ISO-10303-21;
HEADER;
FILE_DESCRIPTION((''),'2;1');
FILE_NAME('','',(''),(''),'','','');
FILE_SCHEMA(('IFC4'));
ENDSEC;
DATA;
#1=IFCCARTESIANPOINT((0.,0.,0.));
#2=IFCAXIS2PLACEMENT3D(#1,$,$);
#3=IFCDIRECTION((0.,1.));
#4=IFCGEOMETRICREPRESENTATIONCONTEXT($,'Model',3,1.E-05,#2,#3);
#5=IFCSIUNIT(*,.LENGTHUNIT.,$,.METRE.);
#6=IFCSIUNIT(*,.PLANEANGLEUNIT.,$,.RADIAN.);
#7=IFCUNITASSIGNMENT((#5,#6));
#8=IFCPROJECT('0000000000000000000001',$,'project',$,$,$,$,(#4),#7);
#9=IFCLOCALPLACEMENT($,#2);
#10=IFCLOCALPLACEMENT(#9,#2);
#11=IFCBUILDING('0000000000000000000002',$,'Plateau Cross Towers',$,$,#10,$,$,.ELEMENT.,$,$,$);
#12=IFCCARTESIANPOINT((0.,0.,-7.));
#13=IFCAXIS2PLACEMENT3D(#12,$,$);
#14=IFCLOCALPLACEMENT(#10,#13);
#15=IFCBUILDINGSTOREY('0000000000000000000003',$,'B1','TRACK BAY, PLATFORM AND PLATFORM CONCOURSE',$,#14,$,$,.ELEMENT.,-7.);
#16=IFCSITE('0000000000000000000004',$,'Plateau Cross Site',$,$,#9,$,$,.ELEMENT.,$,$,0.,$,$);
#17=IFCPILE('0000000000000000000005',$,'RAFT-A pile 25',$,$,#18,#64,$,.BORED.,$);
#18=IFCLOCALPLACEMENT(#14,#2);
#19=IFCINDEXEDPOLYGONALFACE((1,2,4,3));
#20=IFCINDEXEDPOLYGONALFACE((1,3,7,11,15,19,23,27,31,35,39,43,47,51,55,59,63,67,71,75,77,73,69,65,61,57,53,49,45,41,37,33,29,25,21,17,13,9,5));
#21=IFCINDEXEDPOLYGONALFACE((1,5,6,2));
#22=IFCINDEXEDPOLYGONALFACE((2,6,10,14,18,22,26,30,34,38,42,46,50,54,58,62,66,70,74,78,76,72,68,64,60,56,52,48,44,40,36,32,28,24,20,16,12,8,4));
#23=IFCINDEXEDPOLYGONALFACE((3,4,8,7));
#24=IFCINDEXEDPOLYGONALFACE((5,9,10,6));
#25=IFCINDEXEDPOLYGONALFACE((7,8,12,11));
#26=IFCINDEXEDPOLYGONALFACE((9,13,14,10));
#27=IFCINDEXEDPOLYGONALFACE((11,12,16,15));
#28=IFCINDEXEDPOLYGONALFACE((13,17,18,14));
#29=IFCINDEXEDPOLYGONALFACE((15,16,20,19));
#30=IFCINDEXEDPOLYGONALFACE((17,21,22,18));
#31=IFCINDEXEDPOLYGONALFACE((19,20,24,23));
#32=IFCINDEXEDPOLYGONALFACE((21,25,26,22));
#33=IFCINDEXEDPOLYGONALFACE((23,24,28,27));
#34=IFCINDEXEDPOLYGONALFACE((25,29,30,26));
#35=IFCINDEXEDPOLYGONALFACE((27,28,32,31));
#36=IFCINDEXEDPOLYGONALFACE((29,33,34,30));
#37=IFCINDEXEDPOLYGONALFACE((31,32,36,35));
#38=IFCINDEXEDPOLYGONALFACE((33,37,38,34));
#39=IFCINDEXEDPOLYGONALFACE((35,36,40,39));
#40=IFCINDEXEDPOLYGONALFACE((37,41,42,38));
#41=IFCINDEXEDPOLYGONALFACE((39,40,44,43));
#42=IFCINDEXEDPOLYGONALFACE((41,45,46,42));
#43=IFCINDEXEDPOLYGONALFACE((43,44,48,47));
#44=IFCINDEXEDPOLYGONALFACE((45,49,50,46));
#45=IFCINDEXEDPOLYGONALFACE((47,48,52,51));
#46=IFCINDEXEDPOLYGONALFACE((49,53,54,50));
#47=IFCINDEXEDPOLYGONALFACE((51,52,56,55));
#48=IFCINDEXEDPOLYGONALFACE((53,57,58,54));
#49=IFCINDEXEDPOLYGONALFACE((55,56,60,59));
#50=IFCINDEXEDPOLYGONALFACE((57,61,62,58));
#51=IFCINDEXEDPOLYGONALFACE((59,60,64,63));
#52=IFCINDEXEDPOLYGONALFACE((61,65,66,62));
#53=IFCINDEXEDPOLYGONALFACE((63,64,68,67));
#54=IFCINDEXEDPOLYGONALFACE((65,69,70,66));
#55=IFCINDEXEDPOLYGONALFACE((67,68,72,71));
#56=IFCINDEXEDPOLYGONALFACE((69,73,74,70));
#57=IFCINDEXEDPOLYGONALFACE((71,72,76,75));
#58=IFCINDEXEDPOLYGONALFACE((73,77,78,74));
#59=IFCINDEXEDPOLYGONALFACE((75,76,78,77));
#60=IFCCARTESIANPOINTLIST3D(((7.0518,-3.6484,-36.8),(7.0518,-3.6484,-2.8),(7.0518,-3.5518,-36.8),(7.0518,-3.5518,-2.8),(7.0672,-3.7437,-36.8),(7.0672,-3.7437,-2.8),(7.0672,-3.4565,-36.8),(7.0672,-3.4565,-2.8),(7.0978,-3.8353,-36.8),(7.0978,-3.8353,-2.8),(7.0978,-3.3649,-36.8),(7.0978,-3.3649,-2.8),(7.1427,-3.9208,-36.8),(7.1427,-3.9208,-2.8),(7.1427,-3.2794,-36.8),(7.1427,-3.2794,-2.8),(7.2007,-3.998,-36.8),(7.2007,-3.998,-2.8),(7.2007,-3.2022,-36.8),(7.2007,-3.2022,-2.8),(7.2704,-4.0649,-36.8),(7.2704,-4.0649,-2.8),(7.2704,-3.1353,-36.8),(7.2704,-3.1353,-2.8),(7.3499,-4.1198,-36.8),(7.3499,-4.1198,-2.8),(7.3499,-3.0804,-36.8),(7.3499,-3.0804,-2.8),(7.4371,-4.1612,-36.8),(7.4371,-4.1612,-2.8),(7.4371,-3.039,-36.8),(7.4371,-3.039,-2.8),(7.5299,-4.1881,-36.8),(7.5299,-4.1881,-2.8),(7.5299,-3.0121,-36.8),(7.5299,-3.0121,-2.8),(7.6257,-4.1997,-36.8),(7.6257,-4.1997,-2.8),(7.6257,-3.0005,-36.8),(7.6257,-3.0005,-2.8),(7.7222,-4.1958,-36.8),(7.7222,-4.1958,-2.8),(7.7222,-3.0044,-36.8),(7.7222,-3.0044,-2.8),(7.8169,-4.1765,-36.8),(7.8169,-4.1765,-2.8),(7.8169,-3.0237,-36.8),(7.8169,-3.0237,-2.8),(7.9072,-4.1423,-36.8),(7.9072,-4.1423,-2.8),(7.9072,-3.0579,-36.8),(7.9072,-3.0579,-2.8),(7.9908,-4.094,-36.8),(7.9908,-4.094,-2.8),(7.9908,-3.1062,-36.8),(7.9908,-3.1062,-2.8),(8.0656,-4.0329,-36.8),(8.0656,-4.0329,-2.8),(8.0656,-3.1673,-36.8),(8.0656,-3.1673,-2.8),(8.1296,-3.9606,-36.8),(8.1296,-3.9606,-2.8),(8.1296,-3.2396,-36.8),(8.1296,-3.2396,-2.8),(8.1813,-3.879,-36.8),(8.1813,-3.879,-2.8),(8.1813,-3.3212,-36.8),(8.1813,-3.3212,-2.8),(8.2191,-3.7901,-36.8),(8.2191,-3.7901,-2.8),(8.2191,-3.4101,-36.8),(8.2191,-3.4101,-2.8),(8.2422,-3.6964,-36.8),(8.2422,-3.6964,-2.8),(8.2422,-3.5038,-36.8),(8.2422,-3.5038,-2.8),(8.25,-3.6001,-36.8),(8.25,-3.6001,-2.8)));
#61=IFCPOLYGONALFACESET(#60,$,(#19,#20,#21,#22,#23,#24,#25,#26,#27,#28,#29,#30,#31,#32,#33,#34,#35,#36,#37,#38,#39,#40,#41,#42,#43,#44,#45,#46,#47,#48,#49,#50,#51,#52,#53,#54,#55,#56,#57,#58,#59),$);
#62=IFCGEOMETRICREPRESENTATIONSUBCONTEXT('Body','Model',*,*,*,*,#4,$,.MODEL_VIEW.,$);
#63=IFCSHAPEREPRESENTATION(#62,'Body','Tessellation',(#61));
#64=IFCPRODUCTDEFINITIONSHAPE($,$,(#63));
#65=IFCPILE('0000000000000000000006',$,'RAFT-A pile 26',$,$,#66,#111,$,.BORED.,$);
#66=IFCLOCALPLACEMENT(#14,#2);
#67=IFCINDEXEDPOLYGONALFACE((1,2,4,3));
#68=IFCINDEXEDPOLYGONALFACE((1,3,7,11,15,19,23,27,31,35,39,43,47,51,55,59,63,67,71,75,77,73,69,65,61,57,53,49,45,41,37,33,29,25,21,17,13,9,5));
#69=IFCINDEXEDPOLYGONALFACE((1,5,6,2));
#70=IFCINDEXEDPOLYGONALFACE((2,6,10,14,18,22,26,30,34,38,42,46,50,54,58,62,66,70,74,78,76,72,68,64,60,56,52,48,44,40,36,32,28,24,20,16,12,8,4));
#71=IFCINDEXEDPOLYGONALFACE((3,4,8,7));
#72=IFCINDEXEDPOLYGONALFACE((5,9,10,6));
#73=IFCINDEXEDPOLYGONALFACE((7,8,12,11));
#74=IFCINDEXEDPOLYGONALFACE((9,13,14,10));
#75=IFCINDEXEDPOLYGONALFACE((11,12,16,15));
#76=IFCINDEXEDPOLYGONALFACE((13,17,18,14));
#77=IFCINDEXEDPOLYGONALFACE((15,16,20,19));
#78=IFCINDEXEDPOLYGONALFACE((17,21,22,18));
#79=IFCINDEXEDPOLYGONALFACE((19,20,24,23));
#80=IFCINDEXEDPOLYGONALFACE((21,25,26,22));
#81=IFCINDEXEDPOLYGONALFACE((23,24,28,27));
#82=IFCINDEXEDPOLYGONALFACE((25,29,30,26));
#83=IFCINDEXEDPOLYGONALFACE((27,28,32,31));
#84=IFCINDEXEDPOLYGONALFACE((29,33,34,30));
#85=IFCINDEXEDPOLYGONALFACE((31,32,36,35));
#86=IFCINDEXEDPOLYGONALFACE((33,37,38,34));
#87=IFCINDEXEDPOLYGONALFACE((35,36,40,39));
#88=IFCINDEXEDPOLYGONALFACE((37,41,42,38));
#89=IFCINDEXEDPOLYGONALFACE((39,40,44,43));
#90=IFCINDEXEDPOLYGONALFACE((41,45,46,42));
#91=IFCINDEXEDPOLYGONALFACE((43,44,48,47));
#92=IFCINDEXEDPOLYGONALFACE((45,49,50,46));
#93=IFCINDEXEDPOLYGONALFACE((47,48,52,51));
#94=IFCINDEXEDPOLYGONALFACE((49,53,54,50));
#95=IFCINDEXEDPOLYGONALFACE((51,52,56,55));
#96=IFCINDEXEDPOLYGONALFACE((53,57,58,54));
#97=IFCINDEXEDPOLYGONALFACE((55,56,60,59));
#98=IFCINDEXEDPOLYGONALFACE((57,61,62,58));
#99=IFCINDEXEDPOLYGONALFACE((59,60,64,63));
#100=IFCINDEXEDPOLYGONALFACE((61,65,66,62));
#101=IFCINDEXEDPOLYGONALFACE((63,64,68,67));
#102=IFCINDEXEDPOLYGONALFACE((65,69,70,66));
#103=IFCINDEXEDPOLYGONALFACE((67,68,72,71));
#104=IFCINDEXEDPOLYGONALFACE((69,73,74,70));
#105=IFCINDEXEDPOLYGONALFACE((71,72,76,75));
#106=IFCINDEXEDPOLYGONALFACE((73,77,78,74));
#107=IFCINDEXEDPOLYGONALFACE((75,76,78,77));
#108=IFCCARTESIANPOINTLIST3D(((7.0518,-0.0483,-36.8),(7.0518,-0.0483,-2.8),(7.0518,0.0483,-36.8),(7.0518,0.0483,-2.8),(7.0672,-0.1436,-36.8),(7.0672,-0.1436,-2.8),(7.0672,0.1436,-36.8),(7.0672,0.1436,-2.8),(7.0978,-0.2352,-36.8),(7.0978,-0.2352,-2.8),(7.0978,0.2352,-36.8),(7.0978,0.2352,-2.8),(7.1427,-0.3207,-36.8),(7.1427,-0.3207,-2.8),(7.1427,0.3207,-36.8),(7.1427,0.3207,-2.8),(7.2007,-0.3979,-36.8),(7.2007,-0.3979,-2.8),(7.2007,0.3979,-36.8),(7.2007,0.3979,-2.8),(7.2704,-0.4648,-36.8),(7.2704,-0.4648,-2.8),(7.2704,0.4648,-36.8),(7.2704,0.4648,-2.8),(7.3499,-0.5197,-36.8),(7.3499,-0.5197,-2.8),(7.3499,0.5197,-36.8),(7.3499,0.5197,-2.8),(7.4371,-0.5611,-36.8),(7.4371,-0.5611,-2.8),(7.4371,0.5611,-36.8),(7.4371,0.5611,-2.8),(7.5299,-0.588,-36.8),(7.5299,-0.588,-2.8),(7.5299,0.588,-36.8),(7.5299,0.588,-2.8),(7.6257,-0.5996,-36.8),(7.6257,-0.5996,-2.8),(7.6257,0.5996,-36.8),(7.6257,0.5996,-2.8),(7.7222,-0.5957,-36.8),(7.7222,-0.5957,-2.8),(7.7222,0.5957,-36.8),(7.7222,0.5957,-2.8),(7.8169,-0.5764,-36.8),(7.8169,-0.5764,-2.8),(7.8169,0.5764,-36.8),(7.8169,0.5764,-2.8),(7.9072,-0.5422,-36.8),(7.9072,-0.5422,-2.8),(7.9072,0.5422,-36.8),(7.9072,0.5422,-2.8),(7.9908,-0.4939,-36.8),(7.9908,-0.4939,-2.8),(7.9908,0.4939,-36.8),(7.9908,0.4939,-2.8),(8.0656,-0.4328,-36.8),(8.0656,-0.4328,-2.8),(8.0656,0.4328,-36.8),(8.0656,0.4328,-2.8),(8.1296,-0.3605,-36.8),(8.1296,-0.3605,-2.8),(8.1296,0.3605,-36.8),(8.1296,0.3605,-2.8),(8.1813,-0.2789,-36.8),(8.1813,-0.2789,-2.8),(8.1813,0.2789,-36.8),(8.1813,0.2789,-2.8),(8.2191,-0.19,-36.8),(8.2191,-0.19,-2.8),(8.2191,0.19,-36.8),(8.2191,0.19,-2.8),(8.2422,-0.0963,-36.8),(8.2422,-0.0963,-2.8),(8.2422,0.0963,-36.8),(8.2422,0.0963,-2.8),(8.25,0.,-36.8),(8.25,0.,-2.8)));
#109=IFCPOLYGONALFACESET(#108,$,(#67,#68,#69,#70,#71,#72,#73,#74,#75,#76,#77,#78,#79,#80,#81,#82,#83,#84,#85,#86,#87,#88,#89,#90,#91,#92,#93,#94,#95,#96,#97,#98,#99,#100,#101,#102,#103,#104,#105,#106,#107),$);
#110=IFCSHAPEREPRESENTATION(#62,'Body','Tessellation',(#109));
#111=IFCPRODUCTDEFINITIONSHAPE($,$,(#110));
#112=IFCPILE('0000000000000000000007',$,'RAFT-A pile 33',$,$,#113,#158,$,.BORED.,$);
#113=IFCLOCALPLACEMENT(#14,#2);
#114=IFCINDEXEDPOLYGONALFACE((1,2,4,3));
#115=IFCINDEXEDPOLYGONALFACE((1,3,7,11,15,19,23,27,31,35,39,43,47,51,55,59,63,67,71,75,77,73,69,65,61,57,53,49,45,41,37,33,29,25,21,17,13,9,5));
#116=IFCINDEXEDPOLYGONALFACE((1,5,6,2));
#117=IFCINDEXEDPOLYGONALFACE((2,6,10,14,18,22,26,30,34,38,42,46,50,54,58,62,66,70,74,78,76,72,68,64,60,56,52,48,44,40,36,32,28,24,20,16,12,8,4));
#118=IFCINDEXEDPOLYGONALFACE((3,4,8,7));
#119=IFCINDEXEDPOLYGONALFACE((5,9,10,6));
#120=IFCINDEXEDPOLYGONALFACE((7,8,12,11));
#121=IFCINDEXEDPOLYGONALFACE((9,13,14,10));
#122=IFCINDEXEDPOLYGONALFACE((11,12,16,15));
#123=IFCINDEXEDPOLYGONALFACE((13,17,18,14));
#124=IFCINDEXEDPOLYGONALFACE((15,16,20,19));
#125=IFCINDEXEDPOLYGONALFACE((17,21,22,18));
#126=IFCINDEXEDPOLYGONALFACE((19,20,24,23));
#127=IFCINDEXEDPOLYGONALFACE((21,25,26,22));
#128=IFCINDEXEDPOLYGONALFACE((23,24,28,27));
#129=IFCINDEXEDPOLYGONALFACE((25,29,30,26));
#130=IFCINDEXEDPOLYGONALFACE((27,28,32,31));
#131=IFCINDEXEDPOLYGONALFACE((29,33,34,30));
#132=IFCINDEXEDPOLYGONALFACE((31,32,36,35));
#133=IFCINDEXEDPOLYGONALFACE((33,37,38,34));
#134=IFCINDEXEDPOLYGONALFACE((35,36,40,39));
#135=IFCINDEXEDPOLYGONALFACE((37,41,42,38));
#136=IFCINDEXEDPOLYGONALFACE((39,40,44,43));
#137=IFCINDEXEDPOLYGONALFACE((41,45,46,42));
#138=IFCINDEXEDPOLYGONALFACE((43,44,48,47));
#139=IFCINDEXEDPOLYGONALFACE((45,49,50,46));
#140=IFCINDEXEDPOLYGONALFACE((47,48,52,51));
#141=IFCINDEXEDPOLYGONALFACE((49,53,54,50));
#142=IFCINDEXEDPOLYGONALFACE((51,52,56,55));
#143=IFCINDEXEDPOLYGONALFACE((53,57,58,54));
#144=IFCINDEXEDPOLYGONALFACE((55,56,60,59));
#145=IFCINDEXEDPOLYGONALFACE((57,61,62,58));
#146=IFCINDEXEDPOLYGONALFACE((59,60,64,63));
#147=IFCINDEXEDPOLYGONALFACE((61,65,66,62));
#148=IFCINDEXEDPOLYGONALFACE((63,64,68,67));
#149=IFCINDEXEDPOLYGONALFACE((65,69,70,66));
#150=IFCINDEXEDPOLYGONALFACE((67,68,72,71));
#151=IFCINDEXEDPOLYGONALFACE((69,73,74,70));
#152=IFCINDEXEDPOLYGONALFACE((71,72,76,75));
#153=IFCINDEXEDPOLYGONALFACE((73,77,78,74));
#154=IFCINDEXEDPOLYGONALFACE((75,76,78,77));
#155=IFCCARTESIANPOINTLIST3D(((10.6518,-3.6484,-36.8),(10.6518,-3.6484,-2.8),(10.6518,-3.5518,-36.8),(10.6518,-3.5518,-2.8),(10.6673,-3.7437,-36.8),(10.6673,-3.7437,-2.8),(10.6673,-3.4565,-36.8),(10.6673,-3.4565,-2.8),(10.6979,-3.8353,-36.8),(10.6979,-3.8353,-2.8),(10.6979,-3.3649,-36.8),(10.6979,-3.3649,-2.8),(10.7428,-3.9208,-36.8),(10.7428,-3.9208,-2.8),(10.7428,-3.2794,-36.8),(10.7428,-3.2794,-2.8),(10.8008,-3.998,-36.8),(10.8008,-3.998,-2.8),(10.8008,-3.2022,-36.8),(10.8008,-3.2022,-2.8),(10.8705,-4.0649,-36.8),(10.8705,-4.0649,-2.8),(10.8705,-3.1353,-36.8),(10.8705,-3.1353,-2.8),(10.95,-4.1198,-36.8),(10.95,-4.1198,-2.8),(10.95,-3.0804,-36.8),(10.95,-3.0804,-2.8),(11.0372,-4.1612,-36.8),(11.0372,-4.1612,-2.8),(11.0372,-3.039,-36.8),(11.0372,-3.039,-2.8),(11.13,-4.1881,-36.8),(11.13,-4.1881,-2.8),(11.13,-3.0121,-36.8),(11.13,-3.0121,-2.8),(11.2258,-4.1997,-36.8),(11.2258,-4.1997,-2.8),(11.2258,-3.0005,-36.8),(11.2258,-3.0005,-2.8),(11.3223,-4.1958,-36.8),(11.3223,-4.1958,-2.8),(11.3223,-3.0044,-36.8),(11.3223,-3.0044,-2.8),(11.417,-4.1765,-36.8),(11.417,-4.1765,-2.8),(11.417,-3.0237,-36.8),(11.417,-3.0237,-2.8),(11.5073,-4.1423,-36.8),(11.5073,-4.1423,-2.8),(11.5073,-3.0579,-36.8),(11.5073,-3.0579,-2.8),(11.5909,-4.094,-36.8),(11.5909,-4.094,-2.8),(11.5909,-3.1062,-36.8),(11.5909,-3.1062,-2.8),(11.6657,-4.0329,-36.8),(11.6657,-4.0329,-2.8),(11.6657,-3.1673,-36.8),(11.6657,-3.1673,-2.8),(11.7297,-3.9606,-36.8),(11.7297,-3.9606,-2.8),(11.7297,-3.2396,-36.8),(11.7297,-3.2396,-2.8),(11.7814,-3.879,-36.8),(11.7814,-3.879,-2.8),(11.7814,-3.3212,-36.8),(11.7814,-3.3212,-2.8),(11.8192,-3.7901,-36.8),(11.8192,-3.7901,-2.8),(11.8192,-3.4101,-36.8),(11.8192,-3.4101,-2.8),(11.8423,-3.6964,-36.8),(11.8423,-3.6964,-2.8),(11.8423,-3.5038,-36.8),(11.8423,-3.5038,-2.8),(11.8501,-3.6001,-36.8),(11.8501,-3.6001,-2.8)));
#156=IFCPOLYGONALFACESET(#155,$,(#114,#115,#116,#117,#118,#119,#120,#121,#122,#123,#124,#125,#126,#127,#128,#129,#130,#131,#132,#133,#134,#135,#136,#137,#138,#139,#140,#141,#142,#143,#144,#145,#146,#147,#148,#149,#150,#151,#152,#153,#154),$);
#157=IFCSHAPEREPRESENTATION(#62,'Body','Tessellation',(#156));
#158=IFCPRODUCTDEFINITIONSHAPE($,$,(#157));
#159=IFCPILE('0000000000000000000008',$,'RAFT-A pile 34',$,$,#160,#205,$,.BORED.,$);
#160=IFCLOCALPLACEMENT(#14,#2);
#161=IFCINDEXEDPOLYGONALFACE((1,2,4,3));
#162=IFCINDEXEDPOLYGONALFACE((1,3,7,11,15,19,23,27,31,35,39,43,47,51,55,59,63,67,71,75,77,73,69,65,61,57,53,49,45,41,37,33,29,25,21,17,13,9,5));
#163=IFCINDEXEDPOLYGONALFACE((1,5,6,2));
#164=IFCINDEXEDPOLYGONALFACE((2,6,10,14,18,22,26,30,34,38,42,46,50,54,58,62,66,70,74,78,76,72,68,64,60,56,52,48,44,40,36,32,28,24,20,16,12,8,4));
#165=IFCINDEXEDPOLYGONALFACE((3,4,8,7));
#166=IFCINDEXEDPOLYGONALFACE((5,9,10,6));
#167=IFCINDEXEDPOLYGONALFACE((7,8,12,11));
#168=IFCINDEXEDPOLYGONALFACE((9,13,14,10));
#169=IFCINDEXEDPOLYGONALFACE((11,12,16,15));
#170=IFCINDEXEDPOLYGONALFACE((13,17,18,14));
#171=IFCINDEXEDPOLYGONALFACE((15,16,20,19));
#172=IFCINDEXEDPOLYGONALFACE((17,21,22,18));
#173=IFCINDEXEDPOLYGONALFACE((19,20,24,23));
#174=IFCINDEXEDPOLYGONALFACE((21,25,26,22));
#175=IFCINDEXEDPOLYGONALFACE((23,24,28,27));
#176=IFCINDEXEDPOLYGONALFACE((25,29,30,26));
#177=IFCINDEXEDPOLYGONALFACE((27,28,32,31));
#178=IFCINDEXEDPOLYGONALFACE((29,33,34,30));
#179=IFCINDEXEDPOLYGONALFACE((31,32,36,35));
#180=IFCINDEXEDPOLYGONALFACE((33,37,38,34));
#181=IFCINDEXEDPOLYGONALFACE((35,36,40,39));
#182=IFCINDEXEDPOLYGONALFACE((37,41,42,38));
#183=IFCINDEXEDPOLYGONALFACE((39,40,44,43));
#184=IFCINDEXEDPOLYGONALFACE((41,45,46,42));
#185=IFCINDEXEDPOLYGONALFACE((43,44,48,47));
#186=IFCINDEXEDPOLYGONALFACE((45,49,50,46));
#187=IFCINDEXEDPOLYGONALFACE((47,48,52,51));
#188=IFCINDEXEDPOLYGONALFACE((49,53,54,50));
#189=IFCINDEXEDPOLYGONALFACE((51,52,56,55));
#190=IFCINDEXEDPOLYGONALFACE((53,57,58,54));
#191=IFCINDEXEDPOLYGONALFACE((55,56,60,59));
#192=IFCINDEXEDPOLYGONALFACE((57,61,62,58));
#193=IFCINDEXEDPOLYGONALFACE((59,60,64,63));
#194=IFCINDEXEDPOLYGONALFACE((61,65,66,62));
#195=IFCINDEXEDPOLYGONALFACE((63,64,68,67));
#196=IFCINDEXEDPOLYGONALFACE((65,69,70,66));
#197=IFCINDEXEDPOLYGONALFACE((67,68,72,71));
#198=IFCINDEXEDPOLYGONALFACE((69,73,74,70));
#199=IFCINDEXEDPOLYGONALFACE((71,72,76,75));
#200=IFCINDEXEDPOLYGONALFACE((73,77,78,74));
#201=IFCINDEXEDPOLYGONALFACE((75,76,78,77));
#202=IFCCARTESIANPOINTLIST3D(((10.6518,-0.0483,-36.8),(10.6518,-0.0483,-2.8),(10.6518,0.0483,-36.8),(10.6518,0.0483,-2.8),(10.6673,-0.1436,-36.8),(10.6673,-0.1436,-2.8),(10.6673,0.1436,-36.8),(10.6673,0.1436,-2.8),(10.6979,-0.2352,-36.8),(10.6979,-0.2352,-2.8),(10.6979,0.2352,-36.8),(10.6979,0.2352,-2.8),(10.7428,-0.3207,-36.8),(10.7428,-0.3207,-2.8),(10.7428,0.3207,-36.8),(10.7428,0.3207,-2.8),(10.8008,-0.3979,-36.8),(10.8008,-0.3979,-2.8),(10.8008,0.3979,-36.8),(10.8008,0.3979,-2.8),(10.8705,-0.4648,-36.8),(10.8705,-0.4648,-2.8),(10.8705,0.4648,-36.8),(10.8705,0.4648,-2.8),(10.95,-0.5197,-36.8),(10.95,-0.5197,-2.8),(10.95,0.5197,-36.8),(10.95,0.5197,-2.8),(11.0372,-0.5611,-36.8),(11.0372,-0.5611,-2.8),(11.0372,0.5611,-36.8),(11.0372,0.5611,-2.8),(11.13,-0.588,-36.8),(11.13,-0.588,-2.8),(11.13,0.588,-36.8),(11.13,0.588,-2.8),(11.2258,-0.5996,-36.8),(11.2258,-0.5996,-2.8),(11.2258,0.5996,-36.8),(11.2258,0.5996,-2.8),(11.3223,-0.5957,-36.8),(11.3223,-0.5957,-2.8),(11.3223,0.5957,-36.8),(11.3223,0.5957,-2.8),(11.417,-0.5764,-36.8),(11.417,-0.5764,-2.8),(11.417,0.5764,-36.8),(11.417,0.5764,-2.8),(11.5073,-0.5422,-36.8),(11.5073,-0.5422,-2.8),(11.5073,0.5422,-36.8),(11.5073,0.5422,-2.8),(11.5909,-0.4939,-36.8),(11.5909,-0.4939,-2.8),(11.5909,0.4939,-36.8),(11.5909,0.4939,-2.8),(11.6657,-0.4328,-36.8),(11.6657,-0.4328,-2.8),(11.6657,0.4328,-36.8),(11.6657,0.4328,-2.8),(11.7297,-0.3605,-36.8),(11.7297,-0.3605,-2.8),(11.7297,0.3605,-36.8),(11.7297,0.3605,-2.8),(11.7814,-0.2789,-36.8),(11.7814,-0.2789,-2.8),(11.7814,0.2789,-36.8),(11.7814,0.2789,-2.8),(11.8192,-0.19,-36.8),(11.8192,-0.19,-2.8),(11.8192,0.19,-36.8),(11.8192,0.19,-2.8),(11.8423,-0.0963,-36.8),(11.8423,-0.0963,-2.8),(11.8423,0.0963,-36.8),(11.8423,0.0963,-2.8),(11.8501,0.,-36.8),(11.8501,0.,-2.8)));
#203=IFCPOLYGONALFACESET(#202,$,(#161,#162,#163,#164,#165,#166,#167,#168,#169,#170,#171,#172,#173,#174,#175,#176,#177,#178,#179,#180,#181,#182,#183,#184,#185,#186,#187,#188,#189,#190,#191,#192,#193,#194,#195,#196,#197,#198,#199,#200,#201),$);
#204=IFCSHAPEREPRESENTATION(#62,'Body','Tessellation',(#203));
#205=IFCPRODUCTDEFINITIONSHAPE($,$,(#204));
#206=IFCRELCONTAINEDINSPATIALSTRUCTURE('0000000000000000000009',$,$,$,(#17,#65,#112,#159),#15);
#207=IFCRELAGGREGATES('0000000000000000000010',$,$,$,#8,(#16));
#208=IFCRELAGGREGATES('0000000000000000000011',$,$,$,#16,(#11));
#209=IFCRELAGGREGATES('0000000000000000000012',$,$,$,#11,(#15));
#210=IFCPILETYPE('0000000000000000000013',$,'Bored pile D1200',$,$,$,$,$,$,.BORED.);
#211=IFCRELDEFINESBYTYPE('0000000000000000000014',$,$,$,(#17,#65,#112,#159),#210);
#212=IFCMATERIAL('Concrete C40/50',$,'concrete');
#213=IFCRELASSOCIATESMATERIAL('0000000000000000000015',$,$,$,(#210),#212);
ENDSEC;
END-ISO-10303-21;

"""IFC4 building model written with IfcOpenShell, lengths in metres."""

from ifc_helpers import new_model, si_unit, direction, frame, origin, origin_2d, place, context, subcontext, project, spatial, circle, extrude, material, material_profile, profile_set, type_object, element, save


model = new_model("IFC4")

# Units and contexts
model_context = context("Model", 3, precision=1e-05, world=origin(), true_north=direction((0.0, 1.0)))
body_context = subcontext(model_context, "Body", "Model", "MODEL_VIEW")
ifc_project = project(units=[si_unit("LENGTHUNIT", "METRE"), si_unit("PLANEANGLEUNIT", "RADIAN")], contexts=[model_context])

# Site, building, storey
site_placement = place(None, origin())
site = spatial("IfcSite", under=ifc_project, at=site_placement, Name="Plateau Cross Site", CompositionType="ELEMENT", RefElevation=0.0)
building_placement = place(site_placement, origin())
building = spatial("IfcBuilding", under=site, at=building_placement, Name="Plateau Cross Towers", CompositionType="ELEMENT")
storey_placement = place(building_placement, frame((0.0, 0.0, -7.0)))
storey = spatial("IfcBuildingStorey", under=building, at=storey_placement, Name="B1", Description="TRACK BAY, PLATFORM AND PLATFORM CONCOURSE", CompositionType="ELEMENT", Elevation=-7.0)

# Piles
ifc_material_1 = material(Name="Concrete C40/50", Category="concrete")
ifc_material_profile_1 = material_profile(ifc_material_1, circle(Radius=0.6001, at=origin_2d()), Name="Bored pile D1200")
ifc_profile_set_1 = profile_set([ifc_material_profile_1], Name="Concrete C40/50")
pile_type = type_object("IfcPileType", Name="Bored pile D1200", PredefinedType="BORED", material=ifc_profile_set_1)
for number, where, z_axis, x_axis, name in (
    (1, (7.6499, -3.6001, -2.8), (0.0, 0.0, -1.0), (1.0, 0.0, 0.0), "RAFT-A pile 25"),
    (2, (7.6499, 0.0, -2.8), (0.0, 0.0, -1.0), (1.0, 0.0, 0.0), "RAFT-A pile 26"),
    (3, (11.25, -3.6001, -2.8), (0.0, 0.0, -1.0), (1.0, 0.0, 0.0), "RAFT-A pile 33"),
    (4, (11.25, 0.0, -2.8), (0.0, 0.0, -1.0), (1.0, 0.0, 0.0), "RAFT-A pile 34"),
):
    element("IfcPile", number, at=place(storey_placement, frame(where, z_axis=z_axis, x_axis=x_axis)), inside=storey, type_object=pile_type, Name=name, PredefinedType="BORED", context=body_context, shape_type="SweptSolid", body=[
        extrude(circle(Radius=0.6001, at=origin_2d()), origin(), (0.0, 0.0, 1.0), 34.0),
    ])

save(model, "model.ifc")
